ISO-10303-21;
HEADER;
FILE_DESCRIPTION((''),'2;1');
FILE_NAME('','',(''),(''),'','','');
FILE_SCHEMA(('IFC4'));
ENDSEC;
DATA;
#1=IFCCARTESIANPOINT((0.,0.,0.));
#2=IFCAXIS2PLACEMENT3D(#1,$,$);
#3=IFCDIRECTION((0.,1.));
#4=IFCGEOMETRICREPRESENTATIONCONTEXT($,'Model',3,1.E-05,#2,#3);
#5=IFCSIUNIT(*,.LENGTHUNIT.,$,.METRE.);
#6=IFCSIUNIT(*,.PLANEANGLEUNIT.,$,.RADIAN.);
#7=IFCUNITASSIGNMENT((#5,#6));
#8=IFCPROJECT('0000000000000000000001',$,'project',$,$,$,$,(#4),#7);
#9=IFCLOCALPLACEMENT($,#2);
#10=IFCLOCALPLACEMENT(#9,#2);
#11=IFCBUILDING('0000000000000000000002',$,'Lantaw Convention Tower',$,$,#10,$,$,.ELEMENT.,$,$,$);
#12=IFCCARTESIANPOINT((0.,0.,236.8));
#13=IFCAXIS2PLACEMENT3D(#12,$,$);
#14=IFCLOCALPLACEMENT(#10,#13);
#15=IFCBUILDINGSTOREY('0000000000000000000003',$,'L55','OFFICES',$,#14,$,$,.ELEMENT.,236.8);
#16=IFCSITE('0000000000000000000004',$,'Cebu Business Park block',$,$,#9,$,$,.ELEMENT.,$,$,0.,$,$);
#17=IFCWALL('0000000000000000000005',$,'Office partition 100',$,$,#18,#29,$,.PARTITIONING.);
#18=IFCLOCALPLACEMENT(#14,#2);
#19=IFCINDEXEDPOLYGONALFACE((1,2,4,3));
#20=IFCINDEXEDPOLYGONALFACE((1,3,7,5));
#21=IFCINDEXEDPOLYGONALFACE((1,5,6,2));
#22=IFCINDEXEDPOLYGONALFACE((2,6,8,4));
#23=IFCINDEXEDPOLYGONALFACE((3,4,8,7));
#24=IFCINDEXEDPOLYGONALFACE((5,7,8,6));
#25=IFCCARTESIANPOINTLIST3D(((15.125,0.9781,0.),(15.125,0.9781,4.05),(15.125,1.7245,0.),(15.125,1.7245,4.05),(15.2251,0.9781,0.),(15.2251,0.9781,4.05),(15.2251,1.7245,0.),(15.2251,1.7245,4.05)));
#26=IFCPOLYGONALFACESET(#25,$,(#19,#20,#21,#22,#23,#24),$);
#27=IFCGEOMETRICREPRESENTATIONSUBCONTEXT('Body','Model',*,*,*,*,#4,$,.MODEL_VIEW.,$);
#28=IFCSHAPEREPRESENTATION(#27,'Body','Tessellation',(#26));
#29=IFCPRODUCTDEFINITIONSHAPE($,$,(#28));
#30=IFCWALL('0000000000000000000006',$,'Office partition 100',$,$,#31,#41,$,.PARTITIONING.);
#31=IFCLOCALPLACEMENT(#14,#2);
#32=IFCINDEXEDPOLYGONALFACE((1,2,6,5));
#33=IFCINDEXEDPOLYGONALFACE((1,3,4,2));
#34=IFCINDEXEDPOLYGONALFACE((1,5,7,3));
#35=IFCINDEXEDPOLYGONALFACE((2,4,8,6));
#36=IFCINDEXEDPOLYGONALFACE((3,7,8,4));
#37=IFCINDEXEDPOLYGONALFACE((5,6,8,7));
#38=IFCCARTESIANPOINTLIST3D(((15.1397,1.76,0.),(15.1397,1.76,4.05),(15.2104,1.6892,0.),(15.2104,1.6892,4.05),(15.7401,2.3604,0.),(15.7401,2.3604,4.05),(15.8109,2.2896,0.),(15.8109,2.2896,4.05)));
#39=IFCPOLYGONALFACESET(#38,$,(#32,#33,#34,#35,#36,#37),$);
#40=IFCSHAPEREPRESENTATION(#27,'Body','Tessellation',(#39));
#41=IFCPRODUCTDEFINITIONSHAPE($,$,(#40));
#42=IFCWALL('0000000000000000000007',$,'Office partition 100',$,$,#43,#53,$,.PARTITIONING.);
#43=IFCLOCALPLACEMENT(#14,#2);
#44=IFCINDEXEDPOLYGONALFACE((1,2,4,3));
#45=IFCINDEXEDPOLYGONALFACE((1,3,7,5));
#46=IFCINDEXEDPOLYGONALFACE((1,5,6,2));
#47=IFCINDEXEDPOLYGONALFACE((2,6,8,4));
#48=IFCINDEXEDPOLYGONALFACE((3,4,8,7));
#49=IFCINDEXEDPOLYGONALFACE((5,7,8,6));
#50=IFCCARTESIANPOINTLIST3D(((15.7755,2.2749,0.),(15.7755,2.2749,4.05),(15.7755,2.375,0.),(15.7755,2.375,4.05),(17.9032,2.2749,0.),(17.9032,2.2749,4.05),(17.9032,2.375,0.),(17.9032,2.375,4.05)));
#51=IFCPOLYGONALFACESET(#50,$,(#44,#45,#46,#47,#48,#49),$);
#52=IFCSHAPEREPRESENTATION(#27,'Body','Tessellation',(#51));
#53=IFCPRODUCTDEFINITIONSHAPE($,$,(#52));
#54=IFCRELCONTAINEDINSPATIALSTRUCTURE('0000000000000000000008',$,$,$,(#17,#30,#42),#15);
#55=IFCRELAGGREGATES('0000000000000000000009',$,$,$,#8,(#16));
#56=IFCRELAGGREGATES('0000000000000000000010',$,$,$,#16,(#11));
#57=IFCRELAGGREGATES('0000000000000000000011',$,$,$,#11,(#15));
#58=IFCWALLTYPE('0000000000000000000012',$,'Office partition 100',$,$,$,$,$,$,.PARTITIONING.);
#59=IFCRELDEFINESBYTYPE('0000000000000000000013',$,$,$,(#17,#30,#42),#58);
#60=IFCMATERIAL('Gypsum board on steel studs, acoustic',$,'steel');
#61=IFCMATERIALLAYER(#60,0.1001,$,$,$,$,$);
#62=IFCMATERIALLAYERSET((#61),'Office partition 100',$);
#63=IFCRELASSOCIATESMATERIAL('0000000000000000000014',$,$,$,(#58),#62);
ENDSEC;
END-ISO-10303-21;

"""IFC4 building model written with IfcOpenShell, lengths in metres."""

from ifc_helpers import new_model, si_unit, direction, frame, frame_2d, origin, place, context, subcontext, project, spatial, rectangle, extrude, material, layer, layer_set, type_object, element, save


model = new_model("IFC4")

# Units and contexts
model_context = context("Model", 3, precision=1e-05, world=origin(), true_north=direction((0.0, 1.0)))
body_context = subcontext(model_context, "Body", "Model", "MODEL_VIEW")
ifc_project = project(units=[si_unit("LENGTHUNIT", "METRE"), si_unit("PLANEANGLEUNIT", "RADIAN")], contexts=[model_context])

# Site, building, storey
site_placement = place(None, origin())
site = spatial("IfcSite", under=ifc_project, at=site_placement, Name="Cebu Business Park block", CompositionType="ELEMENT", RefElevation=0.0)
building_placement = place(site_placement, origin())
building = spatial("IfcBuilding", under=site, at=building_placement, Name="Lantaw Convention Tower", CompositionType="ELEMENT")
storey_placement = place(building_placement, frame((0.0, 0.0, 236.8)))
storey = spatial("IfcBuildingStorey", under=building, at=storey_placement, Name="L55", Description="OFFICES", CompositionType="ELEMENT", Elevation=236.8)

# Shared definitions
ifc_material_1 = material(Name="Gypsum board on steel studs, acoustic", Category="steel")
ifc_layer_1 = layer(ifc_material_1, 0.1001)
ifc_layer_set_1 = layer_set([ifc_layer_1], Name="Office partition 100")
wall_type_1 = type_object("IfcWallType", Name="Office partition 100", PredefinedType="PARTITIONING", material=ifc_layer_set_1)

# Walls
wall_1_placement = place(storey_placement, frame((15.175, 0.9783, 0.0), z_axis=(0.0, 0.0, 1.0), x_axis=(0.0, 1.0, 0.0)))
element("IfcWall", 1, at=wall_1_placement, inside=storey, type_object=wall_type_1, Name="Office partition 100", PredefinedType="PARTITIONING", context=body_context, shape_type="SweptSolid", body=[
    extrude(rectangle(XDim=0.7463, YDim=0.1001, at=frame_2d((0.373, 0.0))), origin(), (0.0, 0.0, 1.0), 4.05),
])
wall_2_placement = place(storey_placement, frame((15.175, 1.7246, 0.0), z_axis=(0.0, 0.0, 1.0), x_axis=(0.707107, 0.707107, 0.0)))
element("IfcWall", 2, at=wall_2_placement, inside=storey, type_object=wall_type_1, Name="Office partition 100", PredefinedType="PARTITIONING", context=body_context, shape_type="SweptSolid", body=[
    extrude(rectangle(XDim=0.8491, YDim=0.1001, at=frame_2d((0.4246, 0.0))), origin(), (0.0, 0.0, 1.0), 4.05),
])
wall_3_placement = place(storey_placement, frame((15.7754, 2.325, 0.0), z_axis=(0.0, 0.0, 1.0), x_axis=(1.0, 0.0, 0.0)))
element("IfcWall", 3, at=wall_3_placement, inside=storey, type_object=wall_type_1, Name="Office partition 100", PredefinedType="PARTITIONING", context=body_context, shape_type="SweptSolid", body=[
    extrude(rectangle(XDim=2.1277, YDim=0.1001, at=frame_2d((1.064, 0.0))), origin(), (0.0, 0.0, 1.0), 4.05),
])

save(model, "model.ifc")
